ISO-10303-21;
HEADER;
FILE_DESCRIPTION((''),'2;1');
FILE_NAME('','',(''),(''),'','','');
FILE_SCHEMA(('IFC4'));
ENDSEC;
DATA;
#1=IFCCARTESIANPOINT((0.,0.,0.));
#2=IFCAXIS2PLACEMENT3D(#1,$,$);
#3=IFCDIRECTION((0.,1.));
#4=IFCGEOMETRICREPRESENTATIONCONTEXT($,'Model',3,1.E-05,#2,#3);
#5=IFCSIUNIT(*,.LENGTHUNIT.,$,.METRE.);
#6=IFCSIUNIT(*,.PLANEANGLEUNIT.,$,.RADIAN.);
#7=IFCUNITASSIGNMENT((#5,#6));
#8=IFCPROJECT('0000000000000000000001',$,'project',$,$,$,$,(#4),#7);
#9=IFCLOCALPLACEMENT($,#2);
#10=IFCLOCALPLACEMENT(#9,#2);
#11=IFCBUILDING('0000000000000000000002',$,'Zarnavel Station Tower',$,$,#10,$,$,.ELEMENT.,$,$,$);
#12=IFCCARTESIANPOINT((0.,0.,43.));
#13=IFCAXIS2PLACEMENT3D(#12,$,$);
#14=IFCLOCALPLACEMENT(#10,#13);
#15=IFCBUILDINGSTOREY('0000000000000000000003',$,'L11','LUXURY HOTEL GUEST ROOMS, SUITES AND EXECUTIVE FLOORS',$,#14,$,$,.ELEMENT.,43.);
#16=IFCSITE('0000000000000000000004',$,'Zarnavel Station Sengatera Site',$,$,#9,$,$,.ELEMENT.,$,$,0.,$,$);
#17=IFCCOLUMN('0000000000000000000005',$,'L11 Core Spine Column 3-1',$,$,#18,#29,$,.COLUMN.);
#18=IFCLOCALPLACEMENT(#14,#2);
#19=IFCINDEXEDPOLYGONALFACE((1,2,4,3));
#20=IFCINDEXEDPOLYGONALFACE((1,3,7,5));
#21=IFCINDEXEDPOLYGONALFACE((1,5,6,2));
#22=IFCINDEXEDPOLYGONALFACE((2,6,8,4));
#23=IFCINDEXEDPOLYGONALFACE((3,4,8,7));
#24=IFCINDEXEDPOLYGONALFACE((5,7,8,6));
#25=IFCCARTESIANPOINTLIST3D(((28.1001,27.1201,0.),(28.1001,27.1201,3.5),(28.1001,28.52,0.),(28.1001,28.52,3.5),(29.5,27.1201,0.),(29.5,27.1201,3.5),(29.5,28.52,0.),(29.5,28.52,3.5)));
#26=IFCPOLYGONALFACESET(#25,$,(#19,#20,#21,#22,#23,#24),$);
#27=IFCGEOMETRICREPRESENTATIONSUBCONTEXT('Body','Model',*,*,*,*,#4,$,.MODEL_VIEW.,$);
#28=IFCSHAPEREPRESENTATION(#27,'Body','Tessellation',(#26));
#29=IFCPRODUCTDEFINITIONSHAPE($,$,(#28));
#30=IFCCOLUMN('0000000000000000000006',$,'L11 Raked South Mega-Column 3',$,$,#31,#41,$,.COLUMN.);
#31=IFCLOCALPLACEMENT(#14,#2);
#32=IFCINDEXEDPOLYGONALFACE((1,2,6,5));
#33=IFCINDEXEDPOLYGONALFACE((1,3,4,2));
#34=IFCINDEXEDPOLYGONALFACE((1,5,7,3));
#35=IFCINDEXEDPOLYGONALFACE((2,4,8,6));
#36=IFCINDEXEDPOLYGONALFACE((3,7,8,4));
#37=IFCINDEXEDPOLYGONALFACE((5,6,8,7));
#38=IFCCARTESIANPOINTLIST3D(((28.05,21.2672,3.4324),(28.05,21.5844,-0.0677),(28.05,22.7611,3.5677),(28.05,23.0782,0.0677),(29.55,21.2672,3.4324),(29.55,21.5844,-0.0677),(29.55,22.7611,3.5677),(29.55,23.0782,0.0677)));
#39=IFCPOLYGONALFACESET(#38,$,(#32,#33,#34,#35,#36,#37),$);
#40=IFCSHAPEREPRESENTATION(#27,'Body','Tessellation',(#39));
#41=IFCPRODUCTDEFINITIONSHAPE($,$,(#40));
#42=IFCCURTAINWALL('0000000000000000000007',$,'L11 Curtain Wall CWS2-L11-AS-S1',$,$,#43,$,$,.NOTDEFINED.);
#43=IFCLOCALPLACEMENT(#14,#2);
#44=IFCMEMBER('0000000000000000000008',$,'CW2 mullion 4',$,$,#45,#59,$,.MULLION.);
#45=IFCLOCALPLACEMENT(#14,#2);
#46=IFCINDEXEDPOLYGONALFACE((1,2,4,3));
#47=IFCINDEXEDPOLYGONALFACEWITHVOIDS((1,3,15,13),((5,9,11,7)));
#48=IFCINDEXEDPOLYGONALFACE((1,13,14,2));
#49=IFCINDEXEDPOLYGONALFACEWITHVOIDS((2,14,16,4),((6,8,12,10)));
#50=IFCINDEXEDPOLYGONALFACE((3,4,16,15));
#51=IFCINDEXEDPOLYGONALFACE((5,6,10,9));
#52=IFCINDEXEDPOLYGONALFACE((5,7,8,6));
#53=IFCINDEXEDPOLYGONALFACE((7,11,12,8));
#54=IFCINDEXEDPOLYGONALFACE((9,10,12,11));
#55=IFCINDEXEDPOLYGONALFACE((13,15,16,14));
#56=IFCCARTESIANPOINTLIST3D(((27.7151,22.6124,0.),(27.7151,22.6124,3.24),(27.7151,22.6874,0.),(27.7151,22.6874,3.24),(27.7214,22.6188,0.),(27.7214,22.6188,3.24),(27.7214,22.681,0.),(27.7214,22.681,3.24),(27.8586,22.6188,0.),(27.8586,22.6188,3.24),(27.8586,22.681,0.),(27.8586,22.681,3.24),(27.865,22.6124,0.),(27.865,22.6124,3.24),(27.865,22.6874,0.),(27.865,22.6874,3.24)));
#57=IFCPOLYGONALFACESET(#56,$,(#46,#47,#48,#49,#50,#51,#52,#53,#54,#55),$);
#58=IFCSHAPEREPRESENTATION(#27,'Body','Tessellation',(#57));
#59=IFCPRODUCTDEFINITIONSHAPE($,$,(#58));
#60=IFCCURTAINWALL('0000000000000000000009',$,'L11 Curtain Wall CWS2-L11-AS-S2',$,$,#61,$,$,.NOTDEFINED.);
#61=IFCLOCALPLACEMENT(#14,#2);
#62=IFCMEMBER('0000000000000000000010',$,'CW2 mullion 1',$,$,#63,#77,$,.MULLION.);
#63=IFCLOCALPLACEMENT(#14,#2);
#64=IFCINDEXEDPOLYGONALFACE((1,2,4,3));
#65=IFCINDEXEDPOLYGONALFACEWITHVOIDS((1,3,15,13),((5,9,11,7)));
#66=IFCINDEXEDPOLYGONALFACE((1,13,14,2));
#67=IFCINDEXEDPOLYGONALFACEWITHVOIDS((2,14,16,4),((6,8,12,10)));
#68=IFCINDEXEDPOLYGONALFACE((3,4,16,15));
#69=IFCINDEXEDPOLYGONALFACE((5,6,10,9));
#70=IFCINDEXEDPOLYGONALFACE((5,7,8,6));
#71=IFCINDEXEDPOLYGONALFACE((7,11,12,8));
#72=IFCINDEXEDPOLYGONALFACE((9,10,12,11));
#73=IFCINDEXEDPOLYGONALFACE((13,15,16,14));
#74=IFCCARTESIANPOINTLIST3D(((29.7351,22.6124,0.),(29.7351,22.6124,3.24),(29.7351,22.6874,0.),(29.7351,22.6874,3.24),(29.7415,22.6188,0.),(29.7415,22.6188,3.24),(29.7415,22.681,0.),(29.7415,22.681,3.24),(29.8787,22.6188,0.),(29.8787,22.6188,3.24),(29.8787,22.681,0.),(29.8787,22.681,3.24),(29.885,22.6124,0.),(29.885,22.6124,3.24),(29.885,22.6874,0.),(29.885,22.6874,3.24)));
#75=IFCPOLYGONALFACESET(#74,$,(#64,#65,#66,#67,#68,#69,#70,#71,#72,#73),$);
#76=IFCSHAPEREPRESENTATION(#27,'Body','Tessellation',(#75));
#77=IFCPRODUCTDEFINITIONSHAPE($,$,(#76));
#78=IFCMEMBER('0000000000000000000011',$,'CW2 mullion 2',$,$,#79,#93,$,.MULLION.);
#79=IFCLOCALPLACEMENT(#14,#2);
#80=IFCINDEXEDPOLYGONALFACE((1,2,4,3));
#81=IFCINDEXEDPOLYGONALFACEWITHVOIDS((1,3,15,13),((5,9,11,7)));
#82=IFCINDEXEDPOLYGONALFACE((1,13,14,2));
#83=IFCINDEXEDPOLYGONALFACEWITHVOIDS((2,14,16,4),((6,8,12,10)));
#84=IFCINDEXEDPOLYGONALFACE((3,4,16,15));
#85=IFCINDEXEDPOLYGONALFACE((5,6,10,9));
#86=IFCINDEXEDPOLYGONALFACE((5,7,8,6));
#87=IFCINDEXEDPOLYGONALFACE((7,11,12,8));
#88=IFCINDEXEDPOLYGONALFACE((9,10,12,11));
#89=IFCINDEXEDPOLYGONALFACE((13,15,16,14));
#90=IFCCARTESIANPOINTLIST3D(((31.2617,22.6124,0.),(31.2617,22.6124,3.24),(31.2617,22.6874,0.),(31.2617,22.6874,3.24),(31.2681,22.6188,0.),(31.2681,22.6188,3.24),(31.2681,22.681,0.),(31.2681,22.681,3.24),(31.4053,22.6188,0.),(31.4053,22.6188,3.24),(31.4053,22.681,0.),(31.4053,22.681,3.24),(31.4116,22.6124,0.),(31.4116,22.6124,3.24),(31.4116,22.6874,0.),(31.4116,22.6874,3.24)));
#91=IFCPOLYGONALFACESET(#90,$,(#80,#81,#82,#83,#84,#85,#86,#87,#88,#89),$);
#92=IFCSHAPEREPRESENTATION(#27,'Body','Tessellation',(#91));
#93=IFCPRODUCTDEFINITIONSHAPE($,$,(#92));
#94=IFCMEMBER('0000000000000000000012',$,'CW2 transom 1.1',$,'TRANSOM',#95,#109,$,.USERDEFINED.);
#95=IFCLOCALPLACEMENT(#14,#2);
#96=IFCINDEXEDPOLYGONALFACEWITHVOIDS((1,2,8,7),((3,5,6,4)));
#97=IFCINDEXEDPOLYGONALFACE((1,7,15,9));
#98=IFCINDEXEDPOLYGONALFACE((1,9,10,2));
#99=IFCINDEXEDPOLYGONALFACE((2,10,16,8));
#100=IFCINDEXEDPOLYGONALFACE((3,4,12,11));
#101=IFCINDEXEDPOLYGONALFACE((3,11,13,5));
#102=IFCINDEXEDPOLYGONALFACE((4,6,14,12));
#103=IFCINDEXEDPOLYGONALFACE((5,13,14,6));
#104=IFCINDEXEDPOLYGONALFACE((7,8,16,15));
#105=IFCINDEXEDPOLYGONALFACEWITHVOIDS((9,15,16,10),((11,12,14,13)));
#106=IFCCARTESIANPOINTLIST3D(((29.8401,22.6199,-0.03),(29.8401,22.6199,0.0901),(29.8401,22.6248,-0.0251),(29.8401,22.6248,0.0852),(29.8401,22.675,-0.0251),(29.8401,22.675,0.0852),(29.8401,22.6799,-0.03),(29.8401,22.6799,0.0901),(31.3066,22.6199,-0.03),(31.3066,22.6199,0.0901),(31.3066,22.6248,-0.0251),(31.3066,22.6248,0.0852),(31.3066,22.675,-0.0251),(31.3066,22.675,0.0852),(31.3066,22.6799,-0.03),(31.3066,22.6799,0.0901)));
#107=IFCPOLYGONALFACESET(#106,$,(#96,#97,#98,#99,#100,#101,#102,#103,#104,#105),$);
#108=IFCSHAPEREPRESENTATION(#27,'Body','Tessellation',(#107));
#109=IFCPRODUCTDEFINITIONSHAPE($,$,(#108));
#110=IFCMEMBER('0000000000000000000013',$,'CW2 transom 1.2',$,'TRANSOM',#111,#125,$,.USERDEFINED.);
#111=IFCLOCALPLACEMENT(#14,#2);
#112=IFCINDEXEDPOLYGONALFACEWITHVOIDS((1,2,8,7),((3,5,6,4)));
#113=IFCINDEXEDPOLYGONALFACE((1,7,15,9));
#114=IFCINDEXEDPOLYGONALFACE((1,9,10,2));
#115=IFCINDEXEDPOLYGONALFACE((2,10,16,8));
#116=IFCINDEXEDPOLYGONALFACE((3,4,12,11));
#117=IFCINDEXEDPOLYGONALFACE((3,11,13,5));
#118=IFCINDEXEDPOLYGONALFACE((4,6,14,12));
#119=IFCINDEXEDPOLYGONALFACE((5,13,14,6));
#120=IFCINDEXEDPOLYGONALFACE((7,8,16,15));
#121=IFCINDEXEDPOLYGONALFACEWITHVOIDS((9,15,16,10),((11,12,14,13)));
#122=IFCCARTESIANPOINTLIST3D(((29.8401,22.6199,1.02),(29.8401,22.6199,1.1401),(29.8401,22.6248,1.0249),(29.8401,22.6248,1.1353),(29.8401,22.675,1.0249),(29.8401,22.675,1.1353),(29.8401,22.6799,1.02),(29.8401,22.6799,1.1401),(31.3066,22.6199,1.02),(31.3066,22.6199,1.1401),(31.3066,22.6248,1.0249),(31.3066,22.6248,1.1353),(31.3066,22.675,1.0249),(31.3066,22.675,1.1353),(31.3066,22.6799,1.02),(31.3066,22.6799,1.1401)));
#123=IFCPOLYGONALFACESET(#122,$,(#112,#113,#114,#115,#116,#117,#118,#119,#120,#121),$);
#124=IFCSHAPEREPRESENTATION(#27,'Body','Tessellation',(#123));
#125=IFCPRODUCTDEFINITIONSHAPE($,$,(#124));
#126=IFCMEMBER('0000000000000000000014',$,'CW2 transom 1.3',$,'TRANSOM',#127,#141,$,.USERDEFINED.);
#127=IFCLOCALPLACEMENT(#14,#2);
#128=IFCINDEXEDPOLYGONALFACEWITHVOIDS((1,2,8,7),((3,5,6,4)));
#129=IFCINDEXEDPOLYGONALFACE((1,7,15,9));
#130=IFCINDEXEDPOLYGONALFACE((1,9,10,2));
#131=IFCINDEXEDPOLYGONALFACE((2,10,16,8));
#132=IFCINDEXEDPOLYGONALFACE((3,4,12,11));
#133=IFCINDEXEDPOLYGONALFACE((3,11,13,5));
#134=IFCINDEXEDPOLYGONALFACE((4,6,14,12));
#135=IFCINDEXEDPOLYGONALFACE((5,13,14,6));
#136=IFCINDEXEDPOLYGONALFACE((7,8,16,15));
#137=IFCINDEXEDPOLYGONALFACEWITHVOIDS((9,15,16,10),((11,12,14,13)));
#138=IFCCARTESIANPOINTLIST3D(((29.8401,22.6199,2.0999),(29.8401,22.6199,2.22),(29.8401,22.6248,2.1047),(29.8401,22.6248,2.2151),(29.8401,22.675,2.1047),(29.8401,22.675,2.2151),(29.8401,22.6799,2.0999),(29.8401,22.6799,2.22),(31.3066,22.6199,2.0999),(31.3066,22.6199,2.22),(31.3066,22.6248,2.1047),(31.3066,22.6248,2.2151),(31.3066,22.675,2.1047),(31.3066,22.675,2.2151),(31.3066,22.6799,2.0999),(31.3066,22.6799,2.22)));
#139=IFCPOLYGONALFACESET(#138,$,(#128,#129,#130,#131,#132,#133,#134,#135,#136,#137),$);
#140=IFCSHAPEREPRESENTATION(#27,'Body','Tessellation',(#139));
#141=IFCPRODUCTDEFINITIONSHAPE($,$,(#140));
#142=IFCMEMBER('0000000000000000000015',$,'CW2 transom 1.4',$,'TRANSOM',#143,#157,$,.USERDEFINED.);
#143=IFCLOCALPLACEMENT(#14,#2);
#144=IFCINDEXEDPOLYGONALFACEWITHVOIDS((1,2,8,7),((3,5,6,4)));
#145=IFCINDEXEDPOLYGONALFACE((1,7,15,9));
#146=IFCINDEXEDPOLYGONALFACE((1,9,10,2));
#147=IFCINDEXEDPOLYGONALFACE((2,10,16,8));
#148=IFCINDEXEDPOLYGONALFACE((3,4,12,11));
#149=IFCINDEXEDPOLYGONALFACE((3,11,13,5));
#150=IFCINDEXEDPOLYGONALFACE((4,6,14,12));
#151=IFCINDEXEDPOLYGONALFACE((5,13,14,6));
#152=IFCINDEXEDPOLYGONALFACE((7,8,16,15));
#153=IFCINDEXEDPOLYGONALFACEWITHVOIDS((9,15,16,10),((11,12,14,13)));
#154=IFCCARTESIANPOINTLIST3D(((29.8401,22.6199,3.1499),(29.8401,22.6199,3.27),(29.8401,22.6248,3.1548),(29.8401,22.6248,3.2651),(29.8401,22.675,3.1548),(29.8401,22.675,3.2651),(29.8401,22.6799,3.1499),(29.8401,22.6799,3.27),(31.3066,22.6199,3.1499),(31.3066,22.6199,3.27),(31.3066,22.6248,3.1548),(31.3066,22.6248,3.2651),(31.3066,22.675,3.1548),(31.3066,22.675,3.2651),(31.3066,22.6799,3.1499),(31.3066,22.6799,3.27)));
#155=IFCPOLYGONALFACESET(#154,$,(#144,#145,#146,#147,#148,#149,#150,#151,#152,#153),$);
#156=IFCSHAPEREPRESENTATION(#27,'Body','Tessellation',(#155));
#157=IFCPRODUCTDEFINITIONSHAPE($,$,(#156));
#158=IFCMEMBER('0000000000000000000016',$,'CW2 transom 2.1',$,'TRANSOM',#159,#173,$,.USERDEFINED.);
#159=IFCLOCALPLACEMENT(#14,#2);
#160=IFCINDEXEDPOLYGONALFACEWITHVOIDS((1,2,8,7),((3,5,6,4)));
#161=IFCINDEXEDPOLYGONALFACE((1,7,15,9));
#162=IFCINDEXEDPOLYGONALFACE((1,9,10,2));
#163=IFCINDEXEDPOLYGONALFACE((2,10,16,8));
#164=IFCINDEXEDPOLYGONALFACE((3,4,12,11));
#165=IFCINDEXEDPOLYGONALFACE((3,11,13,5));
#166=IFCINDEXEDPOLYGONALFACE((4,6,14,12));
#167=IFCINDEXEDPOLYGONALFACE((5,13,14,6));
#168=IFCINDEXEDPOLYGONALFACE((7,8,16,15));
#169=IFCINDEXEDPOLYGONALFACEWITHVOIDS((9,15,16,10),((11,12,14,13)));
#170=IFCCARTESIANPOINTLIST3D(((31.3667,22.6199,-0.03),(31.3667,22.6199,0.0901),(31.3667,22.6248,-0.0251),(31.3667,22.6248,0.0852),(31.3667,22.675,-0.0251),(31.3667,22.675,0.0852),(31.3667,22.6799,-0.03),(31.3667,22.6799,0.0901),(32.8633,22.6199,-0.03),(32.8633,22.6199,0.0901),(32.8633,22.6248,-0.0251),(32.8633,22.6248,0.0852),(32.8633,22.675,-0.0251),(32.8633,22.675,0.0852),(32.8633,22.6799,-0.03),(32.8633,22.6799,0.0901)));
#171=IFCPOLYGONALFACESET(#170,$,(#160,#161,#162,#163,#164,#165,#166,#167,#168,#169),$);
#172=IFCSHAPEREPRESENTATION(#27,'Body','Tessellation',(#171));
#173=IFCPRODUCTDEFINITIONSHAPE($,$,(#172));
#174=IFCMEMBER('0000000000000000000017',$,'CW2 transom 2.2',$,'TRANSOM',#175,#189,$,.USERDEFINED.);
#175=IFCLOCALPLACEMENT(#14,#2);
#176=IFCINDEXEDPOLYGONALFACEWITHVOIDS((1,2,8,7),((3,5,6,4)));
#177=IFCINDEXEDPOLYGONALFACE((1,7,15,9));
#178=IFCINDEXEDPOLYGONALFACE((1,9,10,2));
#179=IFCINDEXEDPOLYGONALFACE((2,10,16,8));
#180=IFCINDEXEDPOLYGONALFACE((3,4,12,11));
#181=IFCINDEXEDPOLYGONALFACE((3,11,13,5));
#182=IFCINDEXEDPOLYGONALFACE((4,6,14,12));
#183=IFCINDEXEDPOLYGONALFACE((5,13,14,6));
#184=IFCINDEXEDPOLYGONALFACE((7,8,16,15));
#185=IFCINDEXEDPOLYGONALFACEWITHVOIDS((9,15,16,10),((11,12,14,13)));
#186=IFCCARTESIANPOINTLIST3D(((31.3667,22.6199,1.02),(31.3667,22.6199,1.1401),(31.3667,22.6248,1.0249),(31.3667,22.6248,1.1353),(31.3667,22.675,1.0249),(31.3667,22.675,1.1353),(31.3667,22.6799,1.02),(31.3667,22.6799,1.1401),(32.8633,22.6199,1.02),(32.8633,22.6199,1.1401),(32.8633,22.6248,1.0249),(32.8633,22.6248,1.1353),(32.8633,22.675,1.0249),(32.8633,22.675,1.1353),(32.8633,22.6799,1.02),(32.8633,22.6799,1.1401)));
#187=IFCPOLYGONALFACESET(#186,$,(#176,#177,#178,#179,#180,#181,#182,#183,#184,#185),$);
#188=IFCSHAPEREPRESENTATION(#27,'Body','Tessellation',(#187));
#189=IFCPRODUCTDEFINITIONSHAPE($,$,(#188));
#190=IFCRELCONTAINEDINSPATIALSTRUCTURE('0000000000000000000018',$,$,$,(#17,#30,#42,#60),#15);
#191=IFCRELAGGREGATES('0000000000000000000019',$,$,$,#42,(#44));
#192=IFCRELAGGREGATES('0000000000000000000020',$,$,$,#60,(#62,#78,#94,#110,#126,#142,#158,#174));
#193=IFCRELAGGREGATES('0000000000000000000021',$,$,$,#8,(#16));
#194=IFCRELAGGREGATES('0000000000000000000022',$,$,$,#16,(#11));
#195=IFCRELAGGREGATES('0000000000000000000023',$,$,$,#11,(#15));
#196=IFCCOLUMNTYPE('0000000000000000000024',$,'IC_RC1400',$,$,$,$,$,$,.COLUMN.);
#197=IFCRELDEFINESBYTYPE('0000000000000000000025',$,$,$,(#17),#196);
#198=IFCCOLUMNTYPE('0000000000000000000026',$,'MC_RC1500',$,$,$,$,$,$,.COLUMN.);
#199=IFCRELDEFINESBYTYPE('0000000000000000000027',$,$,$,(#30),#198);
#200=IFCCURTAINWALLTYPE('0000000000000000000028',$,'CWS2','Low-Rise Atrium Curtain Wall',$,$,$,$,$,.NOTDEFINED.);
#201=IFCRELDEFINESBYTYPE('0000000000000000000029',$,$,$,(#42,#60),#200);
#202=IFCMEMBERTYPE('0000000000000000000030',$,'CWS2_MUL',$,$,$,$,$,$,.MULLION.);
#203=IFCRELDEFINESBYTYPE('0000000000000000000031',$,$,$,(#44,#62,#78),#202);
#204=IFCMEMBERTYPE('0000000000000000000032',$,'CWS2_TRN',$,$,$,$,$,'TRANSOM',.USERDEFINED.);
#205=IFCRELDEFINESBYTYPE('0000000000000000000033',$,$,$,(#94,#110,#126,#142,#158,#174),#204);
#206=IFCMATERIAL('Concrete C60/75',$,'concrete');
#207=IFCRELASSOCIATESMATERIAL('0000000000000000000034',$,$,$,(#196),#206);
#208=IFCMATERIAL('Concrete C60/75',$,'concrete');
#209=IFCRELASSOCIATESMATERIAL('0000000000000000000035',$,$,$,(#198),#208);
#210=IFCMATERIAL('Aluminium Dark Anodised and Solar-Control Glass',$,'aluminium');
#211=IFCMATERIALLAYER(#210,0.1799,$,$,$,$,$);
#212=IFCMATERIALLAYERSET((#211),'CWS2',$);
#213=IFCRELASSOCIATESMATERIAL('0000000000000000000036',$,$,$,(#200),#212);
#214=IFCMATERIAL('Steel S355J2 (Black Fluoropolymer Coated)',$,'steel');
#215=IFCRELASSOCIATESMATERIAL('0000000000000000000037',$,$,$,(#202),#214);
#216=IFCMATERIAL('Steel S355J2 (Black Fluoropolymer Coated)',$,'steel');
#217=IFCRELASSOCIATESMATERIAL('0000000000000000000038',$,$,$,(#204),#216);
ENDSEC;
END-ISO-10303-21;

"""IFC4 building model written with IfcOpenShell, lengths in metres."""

from ifc_helpers import new_model, si_unit, direction, frame, origin, origin_2d, place, context, subcontext, project, spatial, rectangle, hollow_rectangle, extrude, material, layer, layer_set, material_profile, profile_set, type_object, element, aggregate, save


model = new_model("IFC4")

# Units and contexts
model_context = context("Model", 3, precision=1e-05, world=origin(), true_north=direction((0.0, 1.0)))
body_context = subcontext(model_context, "Body", "Model", "MODEL_VIEW")
ifc_project = project(units=[si_unit("LENGTHUNIT", "METRE"), si_unit("PLANEANGLEUNIT", "RADIAN")], contexts=[model_context])

# Site, building, storey
site_placement = place(None, origin())
site = spatial("IfcSite", under=ifc_project, at=site_placement, Name="Zarnavel Station Sengatera Site", CompositionType="ELEMENT", RefElevation=0.0)
building_placement = place(site_placement, origin())
building = spatial("IfcBuilding", under=site, at=building_placement, Name="Zarnavel Station Tower", CompositionType="ELEMENT")
storey_placement = place(building_placement, frame((0.0, 0.0, 43.0)))
storey = spatial("IfcBuildingStorey", under=building, at=storey_placement, Name="L11", Description="LUXURY HOTEL GUEST ROOMS, SUITES AND EXECUTIVE FLOORS", CompositionType="ELEMENT", Elevation=43.0)

# Columns
ifc_material_1 = material(Name="Concrete C60/75", Category="concrete")
ifc_material_profile_1 = material_profile(ifc_material_1, rectangle(XDim=1.3999, YDim=1.3999, at=origin_2d()), Name="RC1400x1400")
ifc_profile_set_1 = profile_set([ifc_material_profile_1], Name="Concrete C60/75")
column_type_1 = type_object("IfcColumnType", Name="IC_RC1400", PredefinedType="COLUMN", material=ifc_profile_set_1)
column_1_placement = place(storey_placement, frame((28.8, 27.8201, 0.0), z_axis=(0.0, 0.0, 1.0), x_axis=(1.0, 0.0, 0.0)))
element("IfcColumn", 1, at=column_1_placement, inside=storey, type_object=column_type_1, Name="L11 Core Spine Column 3-1", PredefinedType="COLUMN", context=body_context, shape_type="SweptSolid", body=[
    extrude(rectangle(XDim=1.3999, YDim=1.3999, at=origin_2d()), origin(), (0.0, 0.0, 1.0), 3.5),
])
ifc_material_2 = material(Name="Concrete C60/75", Category="concrete")
ifc_material_profile_2 = material_profile(ifc_material_2, rectangle(XDim=1.5, YDim=1.5, at=origin_2d()), Name="RC1500x1500")
ifc_profile_set_2 = profile_set([ifc_material_profile_2], Name="Concrete C60/75")
column_type_2 = type_object("IfcColumnType", Name="MC_RC1500", PredefinedType="COLUMN", material=ifc_profile_set_2)
column_2_placement = place(storey_placement, frame((28.8, 22.3313, 0.0), z_axis=(0.0, -0.090241, 0.99592), x_axis=(1.0, 0.0, 0.0)))
element("IfcColumn", 2, at=column_2_placement, inside=storey, type_object=column_type_2, Name="L11 Raked South Mega-Column 3", PredefinedType="COLUMN", context=body_context, shape_type="SweptSolid", body=[
    extrude(rectangle(XDim=1.5, YDim=1.5, at=origin_2d()), origin(), (0.0, 0.0, 1.0), 3.5144),
])

# Curtain wall, member
ifc_material_3 = material(Name="Aluminium Dark Anodised and Solar-Control Glass", Category="aluminium")
ifc_layer_1 = layer(ifc_material_3, 0.1799)
ifc_layer_set_1 = layer_set([ifc_layer_1], Name="CWS2")
curtain_wall_type = type_object("IfcCurtainWallType", Name="CWS2", Description="Low-Rise Atrium Curtain Wall", PredefinedType="NOTDEFINED", material=ifc_layer_set_1)
curtain_wall_1_placement = place(storey_placement, origin())
curtain_wall_1 = element("IfcCurtainWall", 3, at=curtain_wall_1_placement, inside=storey, type_object=curtain_wall_type, Name="L11 Curtain Wall CWS2-L11-AS-S1", PredefinedType="NOTDEFINED")
ifc_material_4 = material(Name="Steel S355J2 (Black Fluoropolymer Coated)", Category="steel")
ifc_material_profile_3 = material_profile(ifc_material_4, hollow_rectangle(XDim=0.075, YDim=0.1499, WallThickness=0.0063, at=origin_2d()), Name="RHS150x75x6.3")
ifc_profile_set_3 = profile_set([ifc_material_profile_3], Name="Steel S355J2 (Black Fluoropolymer Coated)")
member_type_1 = type_object("IfcMemberType", Name="CWS2_MUL", PredefinedType="MULLION", material=ifc_profile_set_3)
member_1_placement = place(storey_placement, frame((27.79, 22.6499, 0.0), z_axis=(0.0, 0.0, 1.0), x_axis=(0.0, 1.0, 0.0)))
member_1 = element("IfcMember", 4, at=member_1_placement, type_object=member_type_1, Name="CW2 mullion 4", PredefinedType="MULLION", context=body_context, shape_type="SweptSolid", body=[
    extrude(hollow_rectangle(XDim=0.075, YDim=0.1499, WallThickness=0.0063, at=origin_2d()), origin(), (0.0, 0.0, 1.0), 3.24),
])
aggregate(curtain_wall_1, [member_1])

# Curtain wall, members
curtain_wall_2_placement = place(storey_placement, origin())
curtain_wall_2 = element("IfcCurtainWall", 5, at=curtain_wall_2_placement, inside=storey, type_object=curtain_wall_type, Name="L11 Curtain Wall CWS2-L11-AS-S2", PredefinedType="NOTDEFINED")
member_2_placement = place(storey_placement, frame((29.8101, 22.6499, 0.0), z_axis=(0.0, 0.0, 1.0), x_axis=(0.0, 1.0, 0.0)))
member_2 = element("IfcMember", 6, at=member_2_placement, type_object=member_type_1, Name="CW2 mullion 1", PredefinedType="MULLION", context=body_context, shape_type="SweptSolid", body=[
    extrude(hollow_rectangle(XDim=0.075, YDim=0.1499, WallThickness=0.0063, at=origin_2d()), origin(), (0.0, 0.0, 1.0), 3.24),
])
member_3_placement = place(storey_placement, frame((31.3367, 22.6499, 0.0), z_axis=(0.0, 0.0, 1.0), x_axis=(0.0, 1.0, 0.0)))
member_3 = element("IfcMember", 7, at=member_3_placement, type_object=member_type_1, Name="CW2 mullion 2", PredefinedType="MULLION", context=body_context, shape_type="SweptSolid", body=[
    extrude(hollow_rectangle(XDim=0.075, YDim=0.1499, WallThickness=0.0063, at=origin_2d()), origin(), (0.0, 0.0, 1.0), 3.24),
])
ifc_material_5 = material(Name="Steel S355J2 (Black Fluoropolymer Coated)", Category="steel")
ifc_material_profile_4 = material_profile(ifc_material_5, hollow_rectangle(XDim=0.0601, YDim=0.1201, WallThickness=0.0049, at=origin_2d()), Name="RHS120x60x5")
ifc_profile_set_4 = profile_set([ifc_material_profile_4], Name="Steel S355J2 (Black Fluoropolymer Coated)")
member_type_2 = type_object("IfcMemberType", Name="CWS2_TRN", ElementType="TRANSOM", PredefinedType="USERDEFINED", material=ifc_profile_set_4)
member_4_placement = place(storey_placement, frame((29.8401, 22.6499, 0.03), z_axis=(1.0, 0.0, 0.0), x_axis=(0.0, 1.0, 0.0)))
member_4 = element("IfcMember", 8, at=member_4_placement, type_object=member_type_2, Name="CW2 transom 1.1", ObjectType="TRANSOM", PredefinedType="USERDEFINED", context=body_context, shape_type="SweptSolid", body=[
    extrude(hollow_rectangle(XDim=0.0601, YDim=0.1201, WallThickness=0.0049, at=origin_2d()), origin(), (0.0, 0.0, 1.0), 1.4666),
])
member_5_placement = place(storey_placement, frame((29.8401, 22.6499, 1.0801), z_axis=(1.0, 0.0, 0.0), x_axis=(0.0, 1.0, 0.0)))
member_5 = element("IfcMember", 9, at=member_5_placement, type_object=member_type_2, Name="CW2 transom 1.2", ObjectType="TRANSOM", PredefinedType="USERDEFINED", context=body_context, shape_type="SweptSolid", body=[
    extrude(hollow_rectangle(XDim=0.0601, YDim=0.1201, WallThickness=0.0049, at=origin_2d()), origin(), (0.0, 0.0, 1.0), 1.4666),
])
member_6_placement = place(storey_placement, frame((29.8401, 22.6499, 2.1599), z_axis=(1.0, 0.0, 0.0), x_axis=(0.0, 1.0, 0.0)))
member_6 = element("IfcMember", 10, at=member_6_placement, type_object=member_type_2, Name="CW2 transom 1.3", ObjectType="TRANSOM", PredefinedType="USERDEFINED", context=body_context, shape_type="SweptSolid", body=[
    extrude(hollow_rectangle(XDim=0.0601, YDim=0.1201, WallThickness=0.0049, at=origin_2d()), origin(), (0.0, 0.0, 1.0), 1.4666),
])
member_7_placement = place(storey_placement, frame((29.8401, 22.6499, 3.21), z_axis=(1.0, 0.0, 0.0), x_axis=(0.0, 1.0, 0.0)))
member_7 = element("IfcMember", 11, at=member_7_placement, type_object=member_type_2, Name="CW2 transom 1.4", ObjectType="TRANSOM", PredefinedType="USERDEFINED", context=body_context, shape_type="SweptSolid", body=[
    extrude(hollow_rectangle(XDim=0.0601, YDim=0.1201, WallThickness=0.0049, at=origin_2d()), origin(), (0.0, 0.0, 1.0), 1.4666),
])
member_8_placement = place(storey_placement, frame((31.3667, 22.6499, 0.03), z_axis=(1.0, 0.0, 0.0), x_axis=(0.0, 1.0, 0.0)))
member_8 = element("IfcMember", 12, at=member_8_placement, type_object=member_type_2, Name="CW2 transom 2.1", ObjectType="TRANSOM", PredefinedType="USERDEFINED", context=body_context, shape_type="SweptSolid", body=[
    extrude(hollow_rectangle(XDim=0.0601, YDim=0.1201, WallThickness=0.0049, at=origin_2d()), origin(), (0.0, 0.0, 1.0), 1.4966),
])
member_9_placement = place(storey_placement, frame((31.3667, 22.6499, 1.0801), z_axis=(1.0, 0.0, 0.0), x_axis=(0.0, 1.0, 0.0)))
member_9 = element("IfcMember", 13, at=member_9_placement, type_object=member_type_2, Name="CW2 transom 2.2", ObjectType="TRANSOM", PredefinedType="USERDEFINED", context=body_context, shape_type="SweptSolid", body=[
    extrude(hollow_rectangle(XDim=0.0601, YDim=0.1201, WallThickness=0.0049, at=origin_2d()), origin(), (0.0, 0.0, 1.0), 1.4966),
])

aggregate(curtain_wall_2, [member_2, member_3, member_4, member_5, member_6, member_7, member_8, member_9])

save(model, "model.ifc")
